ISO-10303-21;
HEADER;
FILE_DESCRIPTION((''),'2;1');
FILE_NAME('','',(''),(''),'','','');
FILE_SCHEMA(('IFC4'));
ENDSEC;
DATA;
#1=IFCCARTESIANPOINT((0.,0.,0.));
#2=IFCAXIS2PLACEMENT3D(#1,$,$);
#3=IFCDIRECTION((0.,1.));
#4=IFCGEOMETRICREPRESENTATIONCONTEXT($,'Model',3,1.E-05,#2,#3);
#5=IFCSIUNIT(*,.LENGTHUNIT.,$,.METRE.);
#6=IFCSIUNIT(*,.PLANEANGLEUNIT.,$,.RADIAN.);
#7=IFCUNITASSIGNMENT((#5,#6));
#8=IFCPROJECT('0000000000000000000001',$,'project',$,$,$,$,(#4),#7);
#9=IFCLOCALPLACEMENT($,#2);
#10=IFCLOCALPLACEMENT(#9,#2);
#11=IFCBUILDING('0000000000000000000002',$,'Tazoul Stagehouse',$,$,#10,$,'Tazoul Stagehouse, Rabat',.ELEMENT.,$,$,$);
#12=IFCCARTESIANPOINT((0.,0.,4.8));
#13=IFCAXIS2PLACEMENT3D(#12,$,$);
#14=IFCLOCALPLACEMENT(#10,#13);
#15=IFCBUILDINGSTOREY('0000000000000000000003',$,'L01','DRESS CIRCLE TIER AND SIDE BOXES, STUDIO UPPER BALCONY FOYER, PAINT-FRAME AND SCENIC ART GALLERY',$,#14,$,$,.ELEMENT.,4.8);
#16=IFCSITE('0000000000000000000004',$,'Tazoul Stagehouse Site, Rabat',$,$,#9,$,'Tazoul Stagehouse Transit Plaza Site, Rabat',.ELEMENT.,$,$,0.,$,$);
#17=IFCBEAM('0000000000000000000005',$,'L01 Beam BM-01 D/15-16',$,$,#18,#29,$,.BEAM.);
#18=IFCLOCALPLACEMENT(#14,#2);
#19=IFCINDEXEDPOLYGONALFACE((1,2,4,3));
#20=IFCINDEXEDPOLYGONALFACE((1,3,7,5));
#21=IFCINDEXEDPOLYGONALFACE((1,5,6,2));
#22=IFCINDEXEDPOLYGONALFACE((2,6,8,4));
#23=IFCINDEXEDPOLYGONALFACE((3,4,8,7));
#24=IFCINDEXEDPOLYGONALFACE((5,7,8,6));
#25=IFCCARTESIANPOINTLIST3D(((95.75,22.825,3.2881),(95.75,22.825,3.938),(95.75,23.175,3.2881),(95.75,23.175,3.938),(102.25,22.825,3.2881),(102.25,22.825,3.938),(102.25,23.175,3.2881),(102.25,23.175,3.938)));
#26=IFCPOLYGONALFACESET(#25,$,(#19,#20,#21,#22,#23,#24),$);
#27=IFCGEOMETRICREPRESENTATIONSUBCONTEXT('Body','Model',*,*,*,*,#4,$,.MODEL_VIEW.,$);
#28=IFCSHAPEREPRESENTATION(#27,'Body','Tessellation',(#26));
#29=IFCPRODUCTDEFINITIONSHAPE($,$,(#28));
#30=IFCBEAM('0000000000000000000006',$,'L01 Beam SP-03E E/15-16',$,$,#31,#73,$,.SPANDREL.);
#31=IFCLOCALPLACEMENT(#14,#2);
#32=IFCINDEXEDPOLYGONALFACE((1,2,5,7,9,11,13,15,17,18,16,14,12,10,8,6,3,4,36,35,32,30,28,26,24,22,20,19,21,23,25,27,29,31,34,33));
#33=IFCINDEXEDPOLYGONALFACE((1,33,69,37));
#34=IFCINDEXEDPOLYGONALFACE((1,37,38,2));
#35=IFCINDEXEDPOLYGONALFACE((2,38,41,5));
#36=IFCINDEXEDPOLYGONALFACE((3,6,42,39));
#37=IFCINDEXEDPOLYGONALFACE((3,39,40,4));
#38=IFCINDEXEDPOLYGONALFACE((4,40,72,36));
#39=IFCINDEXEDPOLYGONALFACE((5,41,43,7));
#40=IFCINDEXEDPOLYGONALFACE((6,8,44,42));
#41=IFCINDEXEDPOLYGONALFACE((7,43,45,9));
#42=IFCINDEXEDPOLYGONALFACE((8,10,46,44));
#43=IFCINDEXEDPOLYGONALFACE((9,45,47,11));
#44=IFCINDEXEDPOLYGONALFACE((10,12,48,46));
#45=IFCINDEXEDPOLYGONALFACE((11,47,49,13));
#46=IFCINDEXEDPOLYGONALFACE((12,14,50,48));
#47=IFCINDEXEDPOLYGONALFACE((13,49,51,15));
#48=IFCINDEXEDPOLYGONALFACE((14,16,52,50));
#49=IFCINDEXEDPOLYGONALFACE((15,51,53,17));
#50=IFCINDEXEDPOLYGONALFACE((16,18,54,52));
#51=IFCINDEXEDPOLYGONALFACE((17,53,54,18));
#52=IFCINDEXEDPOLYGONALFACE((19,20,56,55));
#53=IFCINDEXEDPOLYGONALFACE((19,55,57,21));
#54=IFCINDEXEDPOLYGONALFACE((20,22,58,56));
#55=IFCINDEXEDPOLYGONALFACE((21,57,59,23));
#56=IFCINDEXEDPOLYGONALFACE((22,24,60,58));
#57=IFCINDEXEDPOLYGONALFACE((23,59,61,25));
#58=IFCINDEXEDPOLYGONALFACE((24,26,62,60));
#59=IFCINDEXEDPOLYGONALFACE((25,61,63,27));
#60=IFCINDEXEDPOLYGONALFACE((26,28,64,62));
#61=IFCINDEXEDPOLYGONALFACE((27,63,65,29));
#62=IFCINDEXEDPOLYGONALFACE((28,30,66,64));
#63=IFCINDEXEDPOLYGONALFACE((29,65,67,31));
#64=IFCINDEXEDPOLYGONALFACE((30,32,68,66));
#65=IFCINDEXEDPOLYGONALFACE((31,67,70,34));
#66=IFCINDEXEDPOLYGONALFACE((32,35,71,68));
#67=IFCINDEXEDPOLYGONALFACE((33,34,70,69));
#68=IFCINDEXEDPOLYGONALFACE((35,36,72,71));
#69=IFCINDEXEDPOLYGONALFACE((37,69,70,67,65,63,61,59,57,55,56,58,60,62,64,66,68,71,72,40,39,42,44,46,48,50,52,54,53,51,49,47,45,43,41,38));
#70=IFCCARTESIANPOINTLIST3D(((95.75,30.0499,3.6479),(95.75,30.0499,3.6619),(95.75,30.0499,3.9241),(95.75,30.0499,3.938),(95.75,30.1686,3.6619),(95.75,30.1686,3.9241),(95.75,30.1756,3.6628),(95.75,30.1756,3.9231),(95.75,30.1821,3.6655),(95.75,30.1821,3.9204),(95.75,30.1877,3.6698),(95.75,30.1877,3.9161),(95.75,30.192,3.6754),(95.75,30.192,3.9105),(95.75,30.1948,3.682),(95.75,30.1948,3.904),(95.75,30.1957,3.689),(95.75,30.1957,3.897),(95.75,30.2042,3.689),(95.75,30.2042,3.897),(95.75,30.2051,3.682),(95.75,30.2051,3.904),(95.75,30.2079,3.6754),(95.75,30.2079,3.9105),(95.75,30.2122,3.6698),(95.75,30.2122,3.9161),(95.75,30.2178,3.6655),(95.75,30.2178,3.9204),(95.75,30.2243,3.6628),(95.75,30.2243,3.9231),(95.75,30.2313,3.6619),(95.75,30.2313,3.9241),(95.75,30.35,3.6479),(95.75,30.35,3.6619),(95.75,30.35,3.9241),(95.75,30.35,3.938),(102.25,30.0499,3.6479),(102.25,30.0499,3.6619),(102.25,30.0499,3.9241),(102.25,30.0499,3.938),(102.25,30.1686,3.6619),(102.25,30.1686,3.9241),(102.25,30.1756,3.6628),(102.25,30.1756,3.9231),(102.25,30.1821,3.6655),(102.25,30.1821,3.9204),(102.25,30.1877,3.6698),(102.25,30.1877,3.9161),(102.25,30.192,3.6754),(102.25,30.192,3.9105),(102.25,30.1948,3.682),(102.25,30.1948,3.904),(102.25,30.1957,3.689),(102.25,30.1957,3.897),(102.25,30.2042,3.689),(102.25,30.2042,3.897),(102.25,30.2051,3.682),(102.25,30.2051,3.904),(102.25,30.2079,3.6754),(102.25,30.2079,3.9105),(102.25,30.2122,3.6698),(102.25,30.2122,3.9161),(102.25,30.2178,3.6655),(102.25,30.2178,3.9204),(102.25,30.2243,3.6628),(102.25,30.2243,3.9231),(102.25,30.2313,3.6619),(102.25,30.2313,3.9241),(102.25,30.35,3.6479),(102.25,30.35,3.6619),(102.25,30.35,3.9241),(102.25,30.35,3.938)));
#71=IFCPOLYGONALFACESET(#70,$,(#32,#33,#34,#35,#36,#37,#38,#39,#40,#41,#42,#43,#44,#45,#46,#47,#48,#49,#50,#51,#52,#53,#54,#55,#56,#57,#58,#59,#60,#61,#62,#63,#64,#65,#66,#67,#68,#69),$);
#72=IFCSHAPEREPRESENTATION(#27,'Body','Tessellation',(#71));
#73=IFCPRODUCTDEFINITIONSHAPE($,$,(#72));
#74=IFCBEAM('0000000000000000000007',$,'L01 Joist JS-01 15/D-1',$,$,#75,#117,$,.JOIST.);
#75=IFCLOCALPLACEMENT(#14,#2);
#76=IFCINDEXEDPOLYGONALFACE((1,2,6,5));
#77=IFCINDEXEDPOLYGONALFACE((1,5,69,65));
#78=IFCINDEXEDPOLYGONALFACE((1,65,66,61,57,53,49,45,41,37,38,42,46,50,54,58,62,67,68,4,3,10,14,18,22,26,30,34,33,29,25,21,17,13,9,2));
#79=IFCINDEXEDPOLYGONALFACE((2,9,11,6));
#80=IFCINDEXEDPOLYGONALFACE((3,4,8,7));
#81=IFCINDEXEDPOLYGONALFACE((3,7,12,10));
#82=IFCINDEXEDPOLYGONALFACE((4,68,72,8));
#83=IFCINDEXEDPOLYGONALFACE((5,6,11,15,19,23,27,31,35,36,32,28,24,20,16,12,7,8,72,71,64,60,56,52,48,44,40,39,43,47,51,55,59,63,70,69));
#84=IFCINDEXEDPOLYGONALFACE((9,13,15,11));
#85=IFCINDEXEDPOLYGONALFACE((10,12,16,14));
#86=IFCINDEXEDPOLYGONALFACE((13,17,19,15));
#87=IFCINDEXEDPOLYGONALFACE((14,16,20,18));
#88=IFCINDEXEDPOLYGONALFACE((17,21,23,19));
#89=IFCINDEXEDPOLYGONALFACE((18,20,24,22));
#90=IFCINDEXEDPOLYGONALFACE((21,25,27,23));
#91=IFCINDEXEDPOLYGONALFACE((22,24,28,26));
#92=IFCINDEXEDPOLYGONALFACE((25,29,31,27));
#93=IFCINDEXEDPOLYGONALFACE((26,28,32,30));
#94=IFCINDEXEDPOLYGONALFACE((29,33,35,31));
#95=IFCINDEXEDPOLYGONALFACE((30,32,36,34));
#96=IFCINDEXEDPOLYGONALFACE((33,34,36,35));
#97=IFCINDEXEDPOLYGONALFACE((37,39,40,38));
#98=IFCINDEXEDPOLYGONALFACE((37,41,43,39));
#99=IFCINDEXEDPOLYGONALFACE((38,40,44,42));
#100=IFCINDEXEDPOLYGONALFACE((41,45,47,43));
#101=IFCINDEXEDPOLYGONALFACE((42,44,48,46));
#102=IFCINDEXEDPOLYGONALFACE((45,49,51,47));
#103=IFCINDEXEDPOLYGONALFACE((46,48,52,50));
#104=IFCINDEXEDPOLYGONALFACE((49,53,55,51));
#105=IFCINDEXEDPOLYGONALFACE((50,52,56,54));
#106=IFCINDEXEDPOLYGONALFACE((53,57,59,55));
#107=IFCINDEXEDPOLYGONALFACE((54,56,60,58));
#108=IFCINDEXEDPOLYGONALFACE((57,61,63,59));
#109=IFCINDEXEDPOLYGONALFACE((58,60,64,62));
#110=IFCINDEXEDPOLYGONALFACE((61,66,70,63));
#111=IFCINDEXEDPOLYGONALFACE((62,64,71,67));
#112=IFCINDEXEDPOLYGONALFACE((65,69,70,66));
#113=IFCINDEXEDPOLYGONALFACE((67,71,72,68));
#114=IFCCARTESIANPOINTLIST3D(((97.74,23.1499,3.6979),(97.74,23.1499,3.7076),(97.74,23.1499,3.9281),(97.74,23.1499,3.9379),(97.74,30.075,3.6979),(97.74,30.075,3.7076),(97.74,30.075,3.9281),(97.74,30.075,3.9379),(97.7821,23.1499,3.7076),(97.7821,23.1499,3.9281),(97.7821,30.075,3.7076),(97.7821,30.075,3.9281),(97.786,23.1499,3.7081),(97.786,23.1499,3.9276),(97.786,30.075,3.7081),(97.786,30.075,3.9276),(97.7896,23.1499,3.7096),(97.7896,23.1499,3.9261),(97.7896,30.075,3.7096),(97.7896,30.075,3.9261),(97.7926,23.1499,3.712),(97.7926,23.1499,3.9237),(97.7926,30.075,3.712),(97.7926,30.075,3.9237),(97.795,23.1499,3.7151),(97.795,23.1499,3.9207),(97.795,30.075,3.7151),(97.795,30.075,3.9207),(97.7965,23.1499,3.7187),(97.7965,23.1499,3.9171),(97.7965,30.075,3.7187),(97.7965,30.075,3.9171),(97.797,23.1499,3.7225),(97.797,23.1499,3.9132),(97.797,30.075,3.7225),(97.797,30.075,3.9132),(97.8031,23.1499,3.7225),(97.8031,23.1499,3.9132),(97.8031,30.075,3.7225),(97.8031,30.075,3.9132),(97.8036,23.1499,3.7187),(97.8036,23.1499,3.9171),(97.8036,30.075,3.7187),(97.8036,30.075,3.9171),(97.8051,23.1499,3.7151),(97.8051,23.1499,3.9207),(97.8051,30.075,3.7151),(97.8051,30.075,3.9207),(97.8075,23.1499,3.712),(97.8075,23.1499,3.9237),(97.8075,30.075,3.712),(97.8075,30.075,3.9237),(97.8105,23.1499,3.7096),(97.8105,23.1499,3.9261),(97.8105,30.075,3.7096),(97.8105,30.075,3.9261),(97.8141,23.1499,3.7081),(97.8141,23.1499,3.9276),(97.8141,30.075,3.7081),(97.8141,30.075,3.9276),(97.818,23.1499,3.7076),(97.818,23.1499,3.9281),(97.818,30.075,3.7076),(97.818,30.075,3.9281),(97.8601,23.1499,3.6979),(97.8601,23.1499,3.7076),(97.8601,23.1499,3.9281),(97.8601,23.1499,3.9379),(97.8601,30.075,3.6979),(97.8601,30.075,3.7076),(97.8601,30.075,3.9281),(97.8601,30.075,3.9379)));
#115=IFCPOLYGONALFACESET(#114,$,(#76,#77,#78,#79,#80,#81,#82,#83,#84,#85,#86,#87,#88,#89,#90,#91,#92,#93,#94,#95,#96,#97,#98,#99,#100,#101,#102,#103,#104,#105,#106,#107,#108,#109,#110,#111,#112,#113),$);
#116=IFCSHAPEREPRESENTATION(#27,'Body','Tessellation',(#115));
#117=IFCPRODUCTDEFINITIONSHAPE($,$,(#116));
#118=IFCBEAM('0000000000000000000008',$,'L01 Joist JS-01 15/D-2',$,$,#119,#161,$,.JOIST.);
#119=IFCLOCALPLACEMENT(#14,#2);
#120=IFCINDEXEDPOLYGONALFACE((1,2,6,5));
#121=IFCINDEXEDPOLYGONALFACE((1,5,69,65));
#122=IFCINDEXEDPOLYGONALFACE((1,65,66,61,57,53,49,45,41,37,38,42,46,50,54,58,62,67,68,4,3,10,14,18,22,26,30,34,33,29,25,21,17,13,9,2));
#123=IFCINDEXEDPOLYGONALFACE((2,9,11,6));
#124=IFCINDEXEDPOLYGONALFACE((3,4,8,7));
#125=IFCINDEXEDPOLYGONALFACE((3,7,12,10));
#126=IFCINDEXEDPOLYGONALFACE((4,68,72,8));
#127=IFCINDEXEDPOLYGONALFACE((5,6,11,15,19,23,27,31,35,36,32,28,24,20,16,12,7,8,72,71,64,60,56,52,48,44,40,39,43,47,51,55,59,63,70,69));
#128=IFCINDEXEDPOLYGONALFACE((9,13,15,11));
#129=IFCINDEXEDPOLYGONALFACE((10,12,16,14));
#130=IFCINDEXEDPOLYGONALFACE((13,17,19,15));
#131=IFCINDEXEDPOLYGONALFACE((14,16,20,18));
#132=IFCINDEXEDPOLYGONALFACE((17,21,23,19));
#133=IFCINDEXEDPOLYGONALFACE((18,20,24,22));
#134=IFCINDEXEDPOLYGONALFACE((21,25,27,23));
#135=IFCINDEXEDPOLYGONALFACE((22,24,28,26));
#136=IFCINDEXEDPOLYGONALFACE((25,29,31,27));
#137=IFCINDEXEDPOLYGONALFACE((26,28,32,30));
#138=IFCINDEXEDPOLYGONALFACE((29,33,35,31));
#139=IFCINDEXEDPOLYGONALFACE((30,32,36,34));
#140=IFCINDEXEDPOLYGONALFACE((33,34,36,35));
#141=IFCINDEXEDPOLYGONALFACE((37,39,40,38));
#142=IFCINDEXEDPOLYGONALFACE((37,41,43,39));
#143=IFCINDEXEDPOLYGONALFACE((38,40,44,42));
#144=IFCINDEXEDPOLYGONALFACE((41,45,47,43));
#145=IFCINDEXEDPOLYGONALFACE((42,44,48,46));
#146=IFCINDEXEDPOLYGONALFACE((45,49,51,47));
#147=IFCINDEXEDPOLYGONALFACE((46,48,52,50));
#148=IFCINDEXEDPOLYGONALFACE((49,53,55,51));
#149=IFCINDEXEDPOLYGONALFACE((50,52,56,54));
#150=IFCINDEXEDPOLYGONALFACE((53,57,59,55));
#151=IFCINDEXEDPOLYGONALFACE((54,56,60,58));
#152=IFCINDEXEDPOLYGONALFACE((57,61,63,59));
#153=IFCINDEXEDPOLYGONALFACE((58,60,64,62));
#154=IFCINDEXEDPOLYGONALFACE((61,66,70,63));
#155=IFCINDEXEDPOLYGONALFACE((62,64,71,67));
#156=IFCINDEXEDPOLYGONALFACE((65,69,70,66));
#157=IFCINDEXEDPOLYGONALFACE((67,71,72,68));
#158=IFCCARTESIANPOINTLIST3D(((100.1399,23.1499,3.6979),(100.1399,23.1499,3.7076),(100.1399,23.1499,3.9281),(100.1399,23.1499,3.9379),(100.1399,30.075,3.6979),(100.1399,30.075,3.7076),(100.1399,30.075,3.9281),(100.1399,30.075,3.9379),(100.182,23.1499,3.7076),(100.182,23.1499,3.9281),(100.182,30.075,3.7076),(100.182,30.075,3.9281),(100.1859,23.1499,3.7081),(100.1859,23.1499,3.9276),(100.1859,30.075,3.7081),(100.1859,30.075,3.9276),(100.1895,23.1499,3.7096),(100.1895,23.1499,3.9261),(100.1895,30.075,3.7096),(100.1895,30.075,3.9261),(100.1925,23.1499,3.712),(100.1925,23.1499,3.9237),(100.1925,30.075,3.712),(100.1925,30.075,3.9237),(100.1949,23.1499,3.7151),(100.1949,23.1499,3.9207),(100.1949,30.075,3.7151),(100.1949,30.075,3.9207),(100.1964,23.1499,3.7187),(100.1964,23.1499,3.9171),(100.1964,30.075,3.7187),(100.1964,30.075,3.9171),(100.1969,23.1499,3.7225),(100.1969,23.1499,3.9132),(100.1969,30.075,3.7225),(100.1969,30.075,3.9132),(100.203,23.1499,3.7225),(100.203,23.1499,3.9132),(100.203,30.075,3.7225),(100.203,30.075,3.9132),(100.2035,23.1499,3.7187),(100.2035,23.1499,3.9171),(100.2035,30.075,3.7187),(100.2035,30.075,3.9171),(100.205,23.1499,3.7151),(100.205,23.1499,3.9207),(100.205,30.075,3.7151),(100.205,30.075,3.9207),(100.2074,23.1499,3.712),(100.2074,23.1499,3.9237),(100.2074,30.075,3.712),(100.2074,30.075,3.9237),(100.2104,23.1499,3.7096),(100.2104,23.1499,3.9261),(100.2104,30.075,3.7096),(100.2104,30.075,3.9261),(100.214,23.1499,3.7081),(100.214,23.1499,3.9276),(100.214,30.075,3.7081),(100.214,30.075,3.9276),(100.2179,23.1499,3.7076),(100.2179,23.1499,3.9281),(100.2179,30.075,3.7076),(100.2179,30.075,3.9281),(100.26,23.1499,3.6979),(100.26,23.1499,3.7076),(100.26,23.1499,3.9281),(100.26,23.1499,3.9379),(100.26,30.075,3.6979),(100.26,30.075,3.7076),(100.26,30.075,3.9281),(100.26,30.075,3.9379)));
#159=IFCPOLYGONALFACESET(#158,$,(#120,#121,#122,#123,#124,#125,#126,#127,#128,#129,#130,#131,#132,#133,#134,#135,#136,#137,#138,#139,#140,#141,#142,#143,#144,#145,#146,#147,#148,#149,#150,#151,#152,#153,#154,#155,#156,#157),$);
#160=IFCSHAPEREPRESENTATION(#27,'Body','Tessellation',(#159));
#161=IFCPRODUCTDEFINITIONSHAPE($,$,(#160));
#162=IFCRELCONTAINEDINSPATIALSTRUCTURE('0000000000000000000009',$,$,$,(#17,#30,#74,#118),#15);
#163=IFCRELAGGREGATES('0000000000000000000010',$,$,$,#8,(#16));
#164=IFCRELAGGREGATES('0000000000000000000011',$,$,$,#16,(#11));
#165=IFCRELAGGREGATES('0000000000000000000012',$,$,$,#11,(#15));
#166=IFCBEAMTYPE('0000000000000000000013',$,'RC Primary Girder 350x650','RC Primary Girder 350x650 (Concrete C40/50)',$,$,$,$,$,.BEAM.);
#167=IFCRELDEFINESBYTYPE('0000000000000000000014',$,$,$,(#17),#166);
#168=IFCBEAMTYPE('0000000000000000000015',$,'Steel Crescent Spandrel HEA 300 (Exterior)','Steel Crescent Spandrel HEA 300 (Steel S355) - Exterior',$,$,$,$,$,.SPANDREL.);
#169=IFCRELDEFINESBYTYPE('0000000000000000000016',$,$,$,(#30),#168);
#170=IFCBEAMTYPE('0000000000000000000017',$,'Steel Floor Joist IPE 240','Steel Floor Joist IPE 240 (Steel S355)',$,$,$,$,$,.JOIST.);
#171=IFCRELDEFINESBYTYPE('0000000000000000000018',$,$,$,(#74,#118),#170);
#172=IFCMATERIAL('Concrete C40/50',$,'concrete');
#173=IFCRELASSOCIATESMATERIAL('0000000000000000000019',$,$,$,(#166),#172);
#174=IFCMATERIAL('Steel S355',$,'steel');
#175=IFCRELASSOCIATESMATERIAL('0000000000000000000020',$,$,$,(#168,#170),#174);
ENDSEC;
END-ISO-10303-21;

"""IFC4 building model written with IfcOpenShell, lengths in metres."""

from ifc_helpers import new_model, si_unit, direction, frame, origin, origin_2d, place, context, subcontext, project, spatial, rectangle, i_section, extrude, material, material_profile, profile_set, type_object, element, save


model = new_model("IFC4")

# Units and contexts
model_context = context("Model", 3, precision=1e-05, world=origin(), true_north=direction((0.0, 1.0)))
body_context = subcontext(model_context, "Body", "Model", "MODEL_VIEW")
ifc_project = project(units=[si_unit("LENGTHUNIT", "METRE"), si_unit("PLANEANGLEUNIT", "RADIAN")], contexts=[model_context])

# Site, building, storey
site_placement = place(None, origin())
building_placement = place(site_placement, origin())
storey_placement = place(building_placement, frame((0.0, 0.0, 4.8)))
site = spatial("IfcSite", under=ifc_project, at=site_placement, Name="Tazoul Stagehouse Site, Rabat", LongName="Tazoul Stagehouse Transit Plaza Site, Rabat", CompositionType="ELEMENT", RefElevation=0.0)
building = spatial("IfcBuilding", under=site, at=building_placement, Name="Tazoul Stagehouse", LongName="Tazoul Stagehouse, Rabat", CompositionType="ELEMENT")
storey = spatial("IfcBuildingStorey", under=building, at=storey_placement, Name="L01", Description="DRESS CIRCLE TIER AND SIDE BOXES, STUDIO UPPER BALCONY FOYER, PAINT-FRAME AND SCENIC ART GALLERY", CompositionType="ELEMENT", Elevation=4.8)

# Beams
ifc_material_1 = material(Name="Concrete C40/50", Category="concrete")
ifc_material_profile_1 = material_profile(ifc_material_1, rectangle(XDim=0.3501, YDim=0.6499, at=origin_2d()), Name="RC 350x650")
ifc_profile_set_1 = profile_set([ifc_material_profile_1], Name="Concrete C40/50")
beam_type_1 = type_object("IfcBeamType", Name="RC Primary Girder 350x650", Description="RC Primary Girder 350x650 (Concrete C40/50)", PredefinedType="BEAM", material=ifc_profile_set_1)
beam_1_placement = place(storey_placement, frame((95.75, 23.0, 3.613), z_axis=(1.0, 0.0, 0.0), x_axis=(0.0, 1.0, 0.0)))
element("IfcBeam", 1, at=beam_1_placement, inside=storey, type_object=beam_type_1, Name="L01 Beam BM-01 D/15-16", PredefinedType="BEAM", context=body_context, shape_type="SweptSolid", body=[
    extrude(rectangle(XDim=0.3501, YDim=0.6499, at=origin_2d()), origin(), (0.0, 0.0, 1.0), 6.5),
])
ifc_material_2 = material(Name="Steel S355", Category="steel")
ifc_material_profile_2 = material_profile(ifc_material_2, i_section(OverallWidth=0.3, OverallDepth=0.29, WebThickness=0.0085, FlangeThickness=0.0139, FilletRadius=0.0271, at=origin_2d()), Name="HEA 300")
ifc_profile_set_2 = profile_set([ifc_material_profile_2], Name="Steel S355")
beam_type_2 = type_object("IfcBeamType", Name="Steel Crescent Spandrel HEA 300 (Exterior)", Description="Steel Crescent Spandrel HEA 300 (Steel S355) - Exterior", PredefinedType="SPANDREL", material=ifc_profile_set_2)
beam_2_placement = place(storey_placement, frame((95.75, 30.2, 3.793), z_axis=(1.0, 0.0, 0.0), x_axis=(0.0, 1.0, 0.0)))
element("IfcBeam", 2, at=beam_2_placement, inside=storey, type_object=beam_type_2, Name="L01 Beam SP-03E E/15-16", PredefinedType="SPANDREL", context=body_context, shape_type="SweptSolid", body=[
    extrude(i_section(OverallWidth=0.3, OverallDepth=0.29, WebThickness=0.0085, FlangeThickness=0.0139, FilletRadius=0.0271, at=origin_2d()), origin(), (0.0, 0.0, 1.0), 6.5),
])
ifc_material_profile_3 = material_profile(ifc_material_2, i_section(OverallWidth=0.1201, OverallDepth=0.24, WebThickness=0.0061, FlangeThickness=0.0098, FilletRadius=0.0149, at=origin_2d()), Name="IPE 240")
ifc_profile_set_3 = profile_set([ifc_material_profile_3], Name="Steel S355")
beam_type_3 = type_object("IfcBeamType", Name="Steel Floor Joist IPE 240", Description="Steel Floor Joist IPE 240 (Steel S355)", PredefinedType="JOIST", material=ifc_profile_set_3)
for number, where, z_axis, x_axis, name in (
    (3, (97.8, 23.1499, 3.8179), (0.0, 1.0, 0.0), (-1.0, 0.0, 0.0), "L01 Joist JS-01 15/D-1"),
    (4, (100.2, 23.1499, 3.8179), (0.0, 1.0, 0.0), (-1.0, 0.0, 0.0), "L01 Joist JS-01 15/D-2"),
):
    element("IfcBeam", number, at=place(storey_placement, frame(where, z_axis=z_axis, x_axis=x_axis)), inside=storey, type_object=beam_type_3, Name=name, PredefinedType="JOIST", context=body_context, shape_type="SweptSolid", body=[
        extrude(i_section(OverallWidth=0.1201, OverallDepth=0.24, WebThickness=0.0061, FlangeThickness=0.0098, FilletRadius=0.0149, at=origin_2d()), origin(), (0.0, 0.0, 1.0), 6.925),
    ])

save(model, "model.ifc")
